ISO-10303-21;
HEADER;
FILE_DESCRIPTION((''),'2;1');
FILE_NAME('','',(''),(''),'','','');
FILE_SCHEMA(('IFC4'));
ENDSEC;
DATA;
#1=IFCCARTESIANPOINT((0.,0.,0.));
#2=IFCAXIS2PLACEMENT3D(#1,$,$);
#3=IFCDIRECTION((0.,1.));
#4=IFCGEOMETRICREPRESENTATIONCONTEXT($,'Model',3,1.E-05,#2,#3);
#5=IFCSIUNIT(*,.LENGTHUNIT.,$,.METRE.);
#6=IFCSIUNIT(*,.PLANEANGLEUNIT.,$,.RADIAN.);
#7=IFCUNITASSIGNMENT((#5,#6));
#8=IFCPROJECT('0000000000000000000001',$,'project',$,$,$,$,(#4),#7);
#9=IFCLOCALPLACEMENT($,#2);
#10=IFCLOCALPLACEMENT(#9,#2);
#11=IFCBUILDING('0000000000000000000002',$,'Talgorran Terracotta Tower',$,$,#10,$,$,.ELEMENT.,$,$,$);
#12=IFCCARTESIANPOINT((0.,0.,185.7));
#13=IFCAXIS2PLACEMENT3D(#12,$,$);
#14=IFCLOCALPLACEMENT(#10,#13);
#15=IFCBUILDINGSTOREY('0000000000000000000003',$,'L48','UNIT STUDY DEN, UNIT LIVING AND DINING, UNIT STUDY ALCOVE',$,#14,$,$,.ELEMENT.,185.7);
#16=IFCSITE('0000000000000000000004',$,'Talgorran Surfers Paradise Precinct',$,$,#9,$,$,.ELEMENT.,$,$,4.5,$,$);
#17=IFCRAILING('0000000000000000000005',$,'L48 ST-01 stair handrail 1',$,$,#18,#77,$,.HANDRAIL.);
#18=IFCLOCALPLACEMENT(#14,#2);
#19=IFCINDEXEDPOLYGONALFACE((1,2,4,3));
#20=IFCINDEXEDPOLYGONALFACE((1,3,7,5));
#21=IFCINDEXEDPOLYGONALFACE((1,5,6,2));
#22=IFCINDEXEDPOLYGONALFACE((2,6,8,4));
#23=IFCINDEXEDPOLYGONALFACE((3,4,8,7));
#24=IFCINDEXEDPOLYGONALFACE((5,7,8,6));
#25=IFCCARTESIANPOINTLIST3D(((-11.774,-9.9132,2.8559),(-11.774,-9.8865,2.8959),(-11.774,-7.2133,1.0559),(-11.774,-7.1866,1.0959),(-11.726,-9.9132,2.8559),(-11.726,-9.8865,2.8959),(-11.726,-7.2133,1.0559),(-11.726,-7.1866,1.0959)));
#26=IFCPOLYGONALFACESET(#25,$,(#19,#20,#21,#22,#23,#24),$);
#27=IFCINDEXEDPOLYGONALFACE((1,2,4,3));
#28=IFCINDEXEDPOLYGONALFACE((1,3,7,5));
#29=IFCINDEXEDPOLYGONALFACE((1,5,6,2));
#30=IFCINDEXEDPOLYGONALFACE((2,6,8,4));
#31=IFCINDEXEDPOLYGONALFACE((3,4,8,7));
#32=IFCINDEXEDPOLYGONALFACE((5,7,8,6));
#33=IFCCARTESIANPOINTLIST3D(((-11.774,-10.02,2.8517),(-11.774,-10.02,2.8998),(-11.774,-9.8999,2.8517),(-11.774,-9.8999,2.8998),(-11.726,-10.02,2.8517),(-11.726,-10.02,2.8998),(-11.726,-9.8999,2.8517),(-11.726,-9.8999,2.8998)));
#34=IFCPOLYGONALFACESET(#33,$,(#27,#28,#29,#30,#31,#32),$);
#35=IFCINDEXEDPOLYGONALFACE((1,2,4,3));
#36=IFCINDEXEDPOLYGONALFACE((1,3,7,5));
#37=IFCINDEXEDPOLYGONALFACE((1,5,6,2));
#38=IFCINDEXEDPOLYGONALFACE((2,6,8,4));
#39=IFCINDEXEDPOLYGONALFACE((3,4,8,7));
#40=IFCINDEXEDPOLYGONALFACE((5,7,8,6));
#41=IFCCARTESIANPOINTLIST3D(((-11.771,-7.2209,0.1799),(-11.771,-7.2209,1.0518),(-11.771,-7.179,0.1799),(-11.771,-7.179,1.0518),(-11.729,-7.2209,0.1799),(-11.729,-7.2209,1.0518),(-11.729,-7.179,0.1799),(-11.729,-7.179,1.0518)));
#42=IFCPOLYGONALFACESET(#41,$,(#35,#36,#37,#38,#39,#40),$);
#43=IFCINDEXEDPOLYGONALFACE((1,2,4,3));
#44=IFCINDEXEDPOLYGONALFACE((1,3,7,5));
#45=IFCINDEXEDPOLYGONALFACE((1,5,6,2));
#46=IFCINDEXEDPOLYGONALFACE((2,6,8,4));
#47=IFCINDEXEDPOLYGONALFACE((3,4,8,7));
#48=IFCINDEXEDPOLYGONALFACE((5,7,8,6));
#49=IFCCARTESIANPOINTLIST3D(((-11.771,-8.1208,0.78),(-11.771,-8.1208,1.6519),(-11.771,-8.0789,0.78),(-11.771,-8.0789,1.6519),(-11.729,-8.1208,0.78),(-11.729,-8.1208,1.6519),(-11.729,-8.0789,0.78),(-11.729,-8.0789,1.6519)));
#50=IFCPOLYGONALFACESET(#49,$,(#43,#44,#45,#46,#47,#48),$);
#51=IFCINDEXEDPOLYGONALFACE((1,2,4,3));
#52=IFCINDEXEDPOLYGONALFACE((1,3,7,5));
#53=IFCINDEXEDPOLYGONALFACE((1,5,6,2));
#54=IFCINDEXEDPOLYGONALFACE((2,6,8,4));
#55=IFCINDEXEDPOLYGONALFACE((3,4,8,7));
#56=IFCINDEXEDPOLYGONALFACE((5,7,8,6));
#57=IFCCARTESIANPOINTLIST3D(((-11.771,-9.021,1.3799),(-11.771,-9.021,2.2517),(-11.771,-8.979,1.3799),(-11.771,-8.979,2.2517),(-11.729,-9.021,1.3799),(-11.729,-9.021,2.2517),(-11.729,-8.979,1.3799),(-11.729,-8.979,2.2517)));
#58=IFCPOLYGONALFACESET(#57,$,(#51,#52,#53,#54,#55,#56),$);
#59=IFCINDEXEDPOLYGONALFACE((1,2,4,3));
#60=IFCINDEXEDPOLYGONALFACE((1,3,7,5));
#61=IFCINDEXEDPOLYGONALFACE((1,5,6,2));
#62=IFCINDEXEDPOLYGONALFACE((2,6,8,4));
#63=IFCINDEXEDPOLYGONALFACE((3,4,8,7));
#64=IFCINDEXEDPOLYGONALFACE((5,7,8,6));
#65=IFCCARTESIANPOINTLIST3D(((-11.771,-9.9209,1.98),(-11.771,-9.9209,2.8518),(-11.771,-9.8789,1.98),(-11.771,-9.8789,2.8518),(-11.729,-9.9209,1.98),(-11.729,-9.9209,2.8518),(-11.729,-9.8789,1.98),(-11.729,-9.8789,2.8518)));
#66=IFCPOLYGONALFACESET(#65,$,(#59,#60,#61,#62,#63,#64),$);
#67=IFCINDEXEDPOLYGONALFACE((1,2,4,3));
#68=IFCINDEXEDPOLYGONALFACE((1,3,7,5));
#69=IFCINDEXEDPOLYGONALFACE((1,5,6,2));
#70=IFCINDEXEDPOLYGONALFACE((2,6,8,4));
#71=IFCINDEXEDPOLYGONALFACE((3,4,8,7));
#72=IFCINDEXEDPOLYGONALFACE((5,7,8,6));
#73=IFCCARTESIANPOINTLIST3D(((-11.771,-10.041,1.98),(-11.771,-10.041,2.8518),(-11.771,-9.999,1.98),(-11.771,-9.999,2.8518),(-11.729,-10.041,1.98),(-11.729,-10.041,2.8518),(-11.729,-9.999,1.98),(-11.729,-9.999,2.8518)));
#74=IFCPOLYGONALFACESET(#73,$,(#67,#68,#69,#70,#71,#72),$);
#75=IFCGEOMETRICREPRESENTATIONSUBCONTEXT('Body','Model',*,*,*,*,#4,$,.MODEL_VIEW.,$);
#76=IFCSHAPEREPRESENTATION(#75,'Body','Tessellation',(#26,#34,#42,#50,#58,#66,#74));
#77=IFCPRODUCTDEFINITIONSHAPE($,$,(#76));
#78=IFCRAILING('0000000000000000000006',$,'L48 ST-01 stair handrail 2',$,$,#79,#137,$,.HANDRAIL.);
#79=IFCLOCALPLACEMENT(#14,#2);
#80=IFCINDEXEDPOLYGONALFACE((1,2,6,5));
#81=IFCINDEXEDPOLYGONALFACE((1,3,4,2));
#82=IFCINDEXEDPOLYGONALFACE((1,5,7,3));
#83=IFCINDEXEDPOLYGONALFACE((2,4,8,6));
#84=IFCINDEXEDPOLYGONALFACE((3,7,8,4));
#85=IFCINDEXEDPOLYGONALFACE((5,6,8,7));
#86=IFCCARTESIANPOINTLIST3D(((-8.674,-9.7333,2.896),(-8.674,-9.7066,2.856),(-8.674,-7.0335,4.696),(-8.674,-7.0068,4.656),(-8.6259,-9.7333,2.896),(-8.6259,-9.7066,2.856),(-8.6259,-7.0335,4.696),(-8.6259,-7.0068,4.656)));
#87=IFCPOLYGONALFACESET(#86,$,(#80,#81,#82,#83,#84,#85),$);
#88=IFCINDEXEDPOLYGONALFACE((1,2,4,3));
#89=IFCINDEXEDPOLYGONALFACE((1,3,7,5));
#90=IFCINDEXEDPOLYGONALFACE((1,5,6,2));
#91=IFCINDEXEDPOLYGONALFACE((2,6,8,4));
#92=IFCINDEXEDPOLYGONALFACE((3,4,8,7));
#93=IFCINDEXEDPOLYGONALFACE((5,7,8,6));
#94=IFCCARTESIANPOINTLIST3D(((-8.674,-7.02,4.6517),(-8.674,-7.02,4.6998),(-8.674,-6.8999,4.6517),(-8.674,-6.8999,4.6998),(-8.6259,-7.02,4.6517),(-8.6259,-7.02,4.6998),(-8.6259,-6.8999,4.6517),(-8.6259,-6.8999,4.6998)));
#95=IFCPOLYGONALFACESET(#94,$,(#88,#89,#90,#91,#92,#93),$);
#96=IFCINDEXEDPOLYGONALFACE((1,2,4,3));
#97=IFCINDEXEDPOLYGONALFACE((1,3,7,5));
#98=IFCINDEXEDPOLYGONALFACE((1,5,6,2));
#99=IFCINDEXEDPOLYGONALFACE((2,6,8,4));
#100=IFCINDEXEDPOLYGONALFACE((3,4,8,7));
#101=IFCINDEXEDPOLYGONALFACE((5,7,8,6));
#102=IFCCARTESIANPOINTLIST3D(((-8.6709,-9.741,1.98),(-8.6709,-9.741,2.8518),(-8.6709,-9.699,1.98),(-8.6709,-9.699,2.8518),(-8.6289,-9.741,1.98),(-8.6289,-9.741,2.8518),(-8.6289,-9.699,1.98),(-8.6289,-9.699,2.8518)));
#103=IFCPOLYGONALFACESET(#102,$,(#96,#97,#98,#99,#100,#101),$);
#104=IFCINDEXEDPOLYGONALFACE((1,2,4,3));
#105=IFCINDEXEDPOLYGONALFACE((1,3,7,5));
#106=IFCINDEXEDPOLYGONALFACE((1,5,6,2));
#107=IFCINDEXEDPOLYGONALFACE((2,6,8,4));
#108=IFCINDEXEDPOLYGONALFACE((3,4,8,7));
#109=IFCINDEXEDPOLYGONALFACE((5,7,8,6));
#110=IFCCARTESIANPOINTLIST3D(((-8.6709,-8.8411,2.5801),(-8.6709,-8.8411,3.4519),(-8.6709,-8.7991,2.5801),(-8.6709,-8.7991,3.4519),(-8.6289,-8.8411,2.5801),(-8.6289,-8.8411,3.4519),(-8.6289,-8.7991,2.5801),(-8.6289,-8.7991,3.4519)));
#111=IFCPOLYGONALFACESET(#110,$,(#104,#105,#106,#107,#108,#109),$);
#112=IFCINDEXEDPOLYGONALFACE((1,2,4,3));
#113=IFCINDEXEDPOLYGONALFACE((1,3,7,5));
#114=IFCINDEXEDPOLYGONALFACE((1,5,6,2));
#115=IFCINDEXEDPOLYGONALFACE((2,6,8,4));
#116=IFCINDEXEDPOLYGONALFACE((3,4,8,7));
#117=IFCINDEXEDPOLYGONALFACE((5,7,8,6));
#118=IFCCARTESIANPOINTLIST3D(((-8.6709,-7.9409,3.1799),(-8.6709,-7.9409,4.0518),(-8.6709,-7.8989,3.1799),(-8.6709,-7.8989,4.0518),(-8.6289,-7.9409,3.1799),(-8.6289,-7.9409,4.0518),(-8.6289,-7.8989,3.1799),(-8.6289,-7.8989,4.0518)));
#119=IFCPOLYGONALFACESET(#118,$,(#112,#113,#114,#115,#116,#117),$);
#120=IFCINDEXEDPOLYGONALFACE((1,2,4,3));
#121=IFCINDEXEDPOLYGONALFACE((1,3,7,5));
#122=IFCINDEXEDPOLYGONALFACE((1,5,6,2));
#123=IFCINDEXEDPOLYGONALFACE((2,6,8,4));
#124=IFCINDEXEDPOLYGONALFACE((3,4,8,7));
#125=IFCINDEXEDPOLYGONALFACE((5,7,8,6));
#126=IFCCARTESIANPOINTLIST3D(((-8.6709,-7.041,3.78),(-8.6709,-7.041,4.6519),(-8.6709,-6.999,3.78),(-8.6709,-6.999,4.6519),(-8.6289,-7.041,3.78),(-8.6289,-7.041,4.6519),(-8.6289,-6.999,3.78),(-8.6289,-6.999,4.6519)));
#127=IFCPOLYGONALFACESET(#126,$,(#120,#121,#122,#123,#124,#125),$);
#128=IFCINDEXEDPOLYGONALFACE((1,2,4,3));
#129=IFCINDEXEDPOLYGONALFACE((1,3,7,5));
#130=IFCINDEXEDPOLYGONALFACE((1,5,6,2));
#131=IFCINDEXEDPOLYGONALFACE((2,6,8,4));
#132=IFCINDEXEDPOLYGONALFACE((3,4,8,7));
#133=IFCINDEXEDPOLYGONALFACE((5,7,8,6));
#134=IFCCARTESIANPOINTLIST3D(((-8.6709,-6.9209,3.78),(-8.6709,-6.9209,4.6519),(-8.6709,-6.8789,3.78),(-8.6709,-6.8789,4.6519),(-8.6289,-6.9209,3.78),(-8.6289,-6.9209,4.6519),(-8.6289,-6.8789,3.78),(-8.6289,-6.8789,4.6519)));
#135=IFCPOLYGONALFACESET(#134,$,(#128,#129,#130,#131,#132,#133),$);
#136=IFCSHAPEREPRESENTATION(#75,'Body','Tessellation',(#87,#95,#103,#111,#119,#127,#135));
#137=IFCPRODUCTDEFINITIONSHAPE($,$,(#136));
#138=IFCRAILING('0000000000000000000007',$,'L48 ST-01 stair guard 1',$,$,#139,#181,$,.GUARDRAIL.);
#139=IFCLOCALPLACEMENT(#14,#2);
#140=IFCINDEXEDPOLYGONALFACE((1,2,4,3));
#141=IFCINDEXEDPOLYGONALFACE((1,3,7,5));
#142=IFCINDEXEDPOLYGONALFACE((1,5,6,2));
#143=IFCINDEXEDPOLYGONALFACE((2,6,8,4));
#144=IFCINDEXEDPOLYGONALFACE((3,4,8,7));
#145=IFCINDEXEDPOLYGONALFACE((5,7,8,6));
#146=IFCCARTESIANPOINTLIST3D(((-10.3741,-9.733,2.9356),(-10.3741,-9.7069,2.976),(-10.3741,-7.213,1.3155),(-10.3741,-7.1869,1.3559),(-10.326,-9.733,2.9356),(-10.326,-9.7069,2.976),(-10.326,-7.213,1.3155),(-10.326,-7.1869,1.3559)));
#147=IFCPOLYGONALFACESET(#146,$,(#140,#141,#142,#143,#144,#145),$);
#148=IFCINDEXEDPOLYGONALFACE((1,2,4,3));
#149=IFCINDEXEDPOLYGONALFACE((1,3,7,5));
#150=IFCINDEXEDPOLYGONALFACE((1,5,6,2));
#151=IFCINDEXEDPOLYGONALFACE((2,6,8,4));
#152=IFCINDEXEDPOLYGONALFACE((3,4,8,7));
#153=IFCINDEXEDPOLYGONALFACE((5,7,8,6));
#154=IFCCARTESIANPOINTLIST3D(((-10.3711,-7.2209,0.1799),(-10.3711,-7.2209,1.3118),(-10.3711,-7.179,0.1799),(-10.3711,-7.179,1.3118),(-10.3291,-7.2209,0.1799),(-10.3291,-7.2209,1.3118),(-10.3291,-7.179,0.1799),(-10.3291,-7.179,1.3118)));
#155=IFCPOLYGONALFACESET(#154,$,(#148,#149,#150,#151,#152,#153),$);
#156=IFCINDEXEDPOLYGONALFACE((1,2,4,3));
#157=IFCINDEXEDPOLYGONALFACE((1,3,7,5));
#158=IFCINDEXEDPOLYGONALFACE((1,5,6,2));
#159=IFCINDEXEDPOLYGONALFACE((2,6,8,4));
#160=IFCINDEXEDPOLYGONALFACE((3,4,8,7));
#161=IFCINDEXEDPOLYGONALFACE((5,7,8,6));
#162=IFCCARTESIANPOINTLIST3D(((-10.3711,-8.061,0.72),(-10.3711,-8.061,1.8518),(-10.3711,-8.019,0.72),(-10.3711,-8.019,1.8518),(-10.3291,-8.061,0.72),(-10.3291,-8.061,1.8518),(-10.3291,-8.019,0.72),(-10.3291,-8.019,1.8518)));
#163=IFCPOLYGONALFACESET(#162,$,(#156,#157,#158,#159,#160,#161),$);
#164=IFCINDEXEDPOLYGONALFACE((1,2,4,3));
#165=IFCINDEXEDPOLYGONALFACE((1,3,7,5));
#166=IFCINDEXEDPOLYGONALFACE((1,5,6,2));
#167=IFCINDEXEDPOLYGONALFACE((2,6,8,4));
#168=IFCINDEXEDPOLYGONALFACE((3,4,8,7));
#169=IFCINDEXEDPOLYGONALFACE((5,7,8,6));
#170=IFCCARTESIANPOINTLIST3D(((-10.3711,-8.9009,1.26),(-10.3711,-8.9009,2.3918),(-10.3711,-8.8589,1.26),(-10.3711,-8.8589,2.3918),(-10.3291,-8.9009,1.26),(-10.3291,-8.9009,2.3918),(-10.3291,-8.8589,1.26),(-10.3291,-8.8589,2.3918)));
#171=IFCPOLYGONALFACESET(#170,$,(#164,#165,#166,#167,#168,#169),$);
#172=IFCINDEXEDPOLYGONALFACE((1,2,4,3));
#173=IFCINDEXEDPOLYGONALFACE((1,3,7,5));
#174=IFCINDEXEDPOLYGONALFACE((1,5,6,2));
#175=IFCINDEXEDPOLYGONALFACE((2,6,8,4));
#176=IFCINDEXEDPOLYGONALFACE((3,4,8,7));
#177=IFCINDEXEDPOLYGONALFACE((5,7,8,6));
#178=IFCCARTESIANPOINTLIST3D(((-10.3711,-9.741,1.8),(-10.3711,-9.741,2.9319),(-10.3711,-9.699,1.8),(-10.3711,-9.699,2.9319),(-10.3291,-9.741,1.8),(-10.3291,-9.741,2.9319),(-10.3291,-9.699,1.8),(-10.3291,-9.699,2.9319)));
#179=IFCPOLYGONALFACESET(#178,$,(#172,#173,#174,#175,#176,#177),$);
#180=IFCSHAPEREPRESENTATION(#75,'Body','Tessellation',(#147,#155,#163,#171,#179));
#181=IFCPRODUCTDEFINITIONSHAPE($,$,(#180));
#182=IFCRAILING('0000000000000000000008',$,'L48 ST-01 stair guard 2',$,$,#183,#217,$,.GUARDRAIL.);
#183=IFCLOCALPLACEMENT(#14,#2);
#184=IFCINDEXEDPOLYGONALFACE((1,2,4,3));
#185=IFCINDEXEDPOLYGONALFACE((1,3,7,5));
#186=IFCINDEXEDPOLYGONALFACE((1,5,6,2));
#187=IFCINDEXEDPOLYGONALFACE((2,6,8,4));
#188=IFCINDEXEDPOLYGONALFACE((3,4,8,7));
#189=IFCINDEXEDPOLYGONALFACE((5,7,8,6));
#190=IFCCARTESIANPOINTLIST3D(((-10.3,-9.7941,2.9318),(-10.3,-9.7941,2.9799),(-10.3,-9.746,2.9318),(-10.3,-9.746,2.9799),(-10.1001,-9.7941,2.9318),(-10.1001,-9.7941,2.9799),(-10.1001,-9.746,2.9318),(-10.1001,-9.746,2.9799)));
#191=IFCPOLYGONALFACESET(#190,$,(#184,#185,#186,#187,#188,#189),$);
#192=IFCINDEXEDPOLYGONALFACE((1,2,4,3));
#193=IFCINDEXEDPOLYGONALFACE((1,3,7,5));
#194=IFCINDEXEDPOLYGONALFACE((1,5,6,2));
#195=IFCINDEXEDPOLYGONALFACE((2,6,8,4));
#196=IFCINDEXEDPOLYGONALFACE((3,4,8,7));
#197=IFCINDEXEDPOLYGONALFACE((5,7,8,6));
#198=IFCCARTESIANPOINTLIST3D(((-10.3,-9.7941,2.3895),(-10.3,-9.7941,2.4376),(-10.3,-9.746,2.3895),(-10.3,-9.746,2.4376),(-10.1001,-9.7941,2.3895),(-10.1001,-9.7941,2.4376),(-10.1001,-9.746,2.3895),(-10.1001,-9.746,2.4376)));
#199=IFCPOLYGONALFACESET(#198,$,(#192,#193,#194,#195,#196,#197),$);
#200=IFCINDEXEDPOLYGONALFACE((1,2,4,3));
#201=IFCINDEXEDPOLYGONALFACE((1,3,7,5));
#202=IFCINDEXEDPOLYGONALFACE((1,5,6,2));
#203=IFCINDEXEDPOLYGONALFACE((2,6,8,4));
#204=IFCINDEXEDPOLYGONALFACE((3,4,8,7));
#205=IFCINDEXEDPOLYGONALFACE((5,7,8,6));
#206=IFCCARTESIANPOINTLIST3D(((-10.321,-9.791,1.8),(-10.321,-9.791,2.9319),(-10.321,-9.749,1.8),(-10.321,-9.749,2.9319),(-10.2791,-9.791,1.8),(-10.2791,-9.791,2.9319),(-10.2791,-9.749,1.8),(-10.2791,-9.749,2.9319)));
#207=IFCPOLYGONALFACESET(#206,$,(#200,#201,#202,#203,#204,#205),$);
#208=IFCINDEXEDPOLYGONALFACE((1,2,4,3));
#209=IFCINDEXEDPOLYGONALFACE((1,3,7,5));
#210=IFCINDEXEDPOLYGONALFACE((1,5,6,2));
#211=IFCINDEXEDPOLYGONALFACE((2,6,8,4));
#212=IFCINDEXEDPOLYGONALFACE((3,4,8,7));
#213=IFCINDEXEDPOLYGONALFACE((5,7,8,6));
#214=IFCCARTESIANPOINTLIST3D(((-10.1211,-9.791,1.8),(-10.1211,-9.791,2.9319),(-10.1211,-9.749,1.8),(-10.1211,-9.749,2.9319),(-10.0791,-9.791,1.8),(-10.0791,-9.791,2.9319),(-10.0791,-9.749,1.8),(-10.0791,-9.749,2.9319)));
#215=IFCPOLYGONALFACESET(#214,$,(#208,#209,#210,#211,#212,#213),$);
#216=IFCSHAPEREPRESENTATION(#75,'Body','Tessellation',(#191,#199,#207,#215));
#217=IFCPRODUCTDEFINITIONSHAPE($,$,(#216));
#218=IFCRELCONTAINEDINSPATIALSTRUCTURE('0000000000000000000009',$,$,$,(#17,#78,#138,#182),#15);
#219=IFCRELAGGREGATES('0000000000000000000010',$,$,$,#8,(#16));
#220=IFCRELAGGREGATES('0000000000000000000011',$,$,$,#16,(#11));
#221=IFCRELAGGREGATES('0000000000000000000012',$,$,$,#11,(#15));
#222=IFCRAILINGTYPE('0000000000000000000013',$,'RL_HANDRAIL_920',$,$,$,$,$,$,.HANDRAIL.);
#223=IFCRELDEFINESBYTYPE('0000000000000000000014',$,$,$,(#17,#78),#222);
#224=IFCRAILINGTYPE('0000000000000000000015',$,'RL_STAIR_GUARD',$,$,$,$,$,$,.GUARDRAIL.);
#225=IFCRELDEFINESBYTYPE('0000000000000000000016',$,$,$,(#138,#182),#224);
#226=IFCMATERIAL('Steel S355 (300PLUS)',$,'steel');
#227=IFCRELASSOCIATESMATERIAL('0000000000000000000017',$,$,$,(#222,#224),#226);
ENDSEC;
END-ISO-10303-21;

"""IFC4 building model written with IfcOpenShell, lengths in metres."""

from ifc_helpers import new_model, si_unit, direction, frame, origin, origin_2d, place, context, subcontext, project, spatial, rectangle, extrude, material, type_object, element, save


model = new_model("IFC4")

# Units and contexts
model_context = context("Model", 3, precision=1e-05, world=origin(), true_north=direction((0.0, 1.0)))
body_context = subcontext(model_context, "Body", "Model", "MODEL_VIEW")
ifc_project = project(units=[si_unit("LENGTHUNIT", "METRE"), si_unit("PLANEANGLEUNIT", "RADIAN")], contexts=[model_context])

# Site, building, storey
site_placement = place(None, origin())
site = spatial("IfcSite", under=ifc_project, at=site_placement, Name="Talgorran Surfers Paradise Precinct", CompositionType="ELEMENT", RefElevation=4.5)
building_placement = place(site_placement, origin())
building = spatial("IfcBuilding", under=site, at=building_placement, Name="Talgorran Terracotta Tower", CompositionType="ELEMENT")
storey_placement = place(building_placement, frame((0.0, 0.0, 185.7)))
storey = spatial("IfcBuildingStorey", under=building, at=storey_placement, Name="L48", Description="UNIT STUDY DEN, UNIT LIVING AND DINING, UNIT STUDY ALCOVE", CompositionType="ELEMENT", Elevation=185.7)

# Shared definitions
ifc_material_1 = material(Name="Steel S355 (300PLUS)", Category="steel")

# Railings
railing_type_1 = type_object("IfcRailingType", Name="RL_HANDRAIL_920", PredefinedType="HANDRAIL", material=ifc_material_1)
railing_1_placement = place(storey_placement, frame((-11.75, -7.2, 0.1799)))
element("IfcRailing", 1, at=railing_1_placement, inside=storey, type_object=railing_type_1, Name="L48 ST-01 stair handrail 1", PredefinedType="HANDRAIL", context=body_context, shape_type="SweptSolid", body=[
    extrude(rectangle(XDim=0.0481, YDim=0.0481, at=origin_2d()), frame((0.0, 0.0, 0.896), z_axis=(0.0, -0.832039, 0.554718), x_axis=(1.0, 0.0, 0.0)), (0.0, 0.0, 1.0), 3.2449),
    extrude(rectangle(XDim=0.0481, YDim=0.0481, at=origin_2d()), frame((0.0, -2.7, 2.6958), z_axis=(0.0, -1.0, 0.0), x_axis=(1.0, 0.0, 0.0)), (0.0, 0.0, 1.0), 0.1201),
    extrude(rectangle(XDim=0.042, YDim=0.042, at=origin_2d()), origin(), (0.0, 0.0, 1.0), 0.8718),
    extrude(rectangle(XDim=0.042, YDim=0.042, at=origin_2d()), frame((0.0, -0.8999, 0.6001)), (0.0, 0.0, 1.0), 0.8718),
    extrude(rectangle(XDim=0.042, YDim=0.042, at=origin_2d()), frame((0.0, -1.8, 1.2)), (0.0, 0.0, 1.0), 0.8718),
    extrude(rectangle(XDim=0.042, YDim=0.042, at=origin_2d()), frame((0.0, -2.7, 1.8)), (0.0, 0.0, 1.0), 0.8718),
    extrude(rectangle(XDim=0.042, YDim=0.042, at=origin_2d()), frame((0.0, -2.8201, 1.8)), (0.0, 0.0, 1.0), 0.8718),
])
railing_2_placement = place(storey_placement, frame((-8.6499, -9.72, 1.98)))
element("IfcRailing", 2, at=railing_2_placement, inside=storey, type_object=railing_type_1, Name="L48 ST-01 stair handrail 2", PredefinedType="HANDRAIL", context=body_context, shape_type="SweptSolid", body=[
    extrude(rectangle(XDim=0.0481, YDim=0.0481, at=origin_2d()), frame((0.0, 0.0, 0.896), z_axis=(0.0, 0.832039, 0.554718), x_axis=(-1.0, 0.0, 0.0)), (0.0, 0.0, 1.0), 3.2449),
    extrude(rectangle(XDim=0.0481, YDim=0.0481, at=origin_2d()), frame((0.0, 2.7, 2.6958), z_axis=(0.0, 1.0, 0.0), x_axis=(-1.0, 0.0, 0.0)), (0.0, 0.0, 1.0), 0.1201),
    extrude(rectangle(XDim=0.042, YDim=0.042, at=origin_2d()), origin(), (0.0, 0.0, 1.0), 0.8718),
    extrude(rectangle(XDim=0.042, YDim=0.042, at=origin_2d()), frame((0.0, 0.8999, 0.6001)), (0.0, 0.0, 1.0), 0.8718),
    extrude(rectangle(XDim=0.042, YDim=0.042, at=origin_2d()), frame((0.0, 1.8, 1.2)), (0.0, 0.0, 1.0), 0.8718),
    extrude(rectangle(XDim=0.042, YDim=0.042, at=origin_2d()), frame((0.0, 2.7, 1.8)), (0.0, 0.0, 1.0), 0.8718),
    extrude(rectangle(XDim=0.042, YDim=0.042, at=origin_2d()), frame((0.0, 2.8201, 1.8)), (0.0, 0.0, 1.0), 0.8718),
])
railing_type_2 = type_object("IfcRailingType", Name="RL_STAIR_GUARD", PredefinedType="GUARDRAIL", material=ifc_material_1)
railing_3_placement = place(storey_placement, frame((-10.3501, -7.2, 0.1799)))
element("IfcRailing", 3, at=railing_3_placement, inside=storey, type_object=railing_type_2, Name="L48 ST-01 stair guard 1", PredefinedType="GUARDRAIL", context=body_context, shape_type="SweptSolid", body=[
    extrude(rectangle(XDim=0.0481, YDim=0.0481, at=origin_2d()), frame((0.0, 0.0, 1.1558), z_axis=(0.0, -0.841163, 0.540782), x_axis=(1.0, 0.0, 0.0)), (0.0, 0.0, 1.0), 2.9958),
    extrude(rectangle(XDim=0.042, YDim=0.042, at=origin_2d()), origin(), (0.0, 0.0, 1.0), 1.1318),
    extrude(rectangle(XDim=0.042, YDim=0.042, at=origin_2d()), frame((0.0, -0.8401, 0.54)), (0.0, 0.0, 1.0), 1.1318),
    extrude(rectangle(XDim=0.042, YDim=0.042, at=origin_2d()), frame((0.0, -1.6799, 1.0801)), (0.0, 0.0, 1.0), 1.1318),
    extrude(rectangle(XDim=0.042, YDim=0.042, at=origin_2d()), frame((0.0, -2.52, 1.6201)), (0.0, 0.0, 1.0), 1.1318),
])
railing_4_placement = place(storey_placement, frame((-10.3, -9.77, 1.8)))
element("IfcRailing", 4, at=railing_4_placement, inside=storey, type_object=railing_type_2, Name="L48 ST-01 stair guard 2", PredefinedType="GUARDRAIL", context=body_context, shape_type="SweptSolid", body=[
    extrude(rectangle(XDim=0.0481, YDim=0.0481, at=origin_2d()), frame((0.0, 0.0, 1.1558), z_axis=(1.0, 0.0, 0.0), x_axis=(0.0, 1.0, 0.0)), (0.0, 0.0, 1.0), 0.2),
    extrude(rectangle(XDim=0.0481, YDim=0.0481, at=origin_2d()), frame((0.0, 0.0, 0.6135), z_axis=(1.0, 0.0, 0.0), x_axis=(0.0, 1.0, 0.0)), (0.0, 0.0, 1.0), 0.2),
    extrude(rectangle(XDim=0.042, YDim=0.042, at=origin_2d()), origin(), (0.0, 0.0, 1.0), 1.1318),
    extrude(rectangle(XDim=0.042, YDim=0.042, at=origin_2d()), frame((0.2, 0.0, 0.0)), (0.0, 0.0, 1.0), 1.1318),
])

save(model, "model.ifc")
